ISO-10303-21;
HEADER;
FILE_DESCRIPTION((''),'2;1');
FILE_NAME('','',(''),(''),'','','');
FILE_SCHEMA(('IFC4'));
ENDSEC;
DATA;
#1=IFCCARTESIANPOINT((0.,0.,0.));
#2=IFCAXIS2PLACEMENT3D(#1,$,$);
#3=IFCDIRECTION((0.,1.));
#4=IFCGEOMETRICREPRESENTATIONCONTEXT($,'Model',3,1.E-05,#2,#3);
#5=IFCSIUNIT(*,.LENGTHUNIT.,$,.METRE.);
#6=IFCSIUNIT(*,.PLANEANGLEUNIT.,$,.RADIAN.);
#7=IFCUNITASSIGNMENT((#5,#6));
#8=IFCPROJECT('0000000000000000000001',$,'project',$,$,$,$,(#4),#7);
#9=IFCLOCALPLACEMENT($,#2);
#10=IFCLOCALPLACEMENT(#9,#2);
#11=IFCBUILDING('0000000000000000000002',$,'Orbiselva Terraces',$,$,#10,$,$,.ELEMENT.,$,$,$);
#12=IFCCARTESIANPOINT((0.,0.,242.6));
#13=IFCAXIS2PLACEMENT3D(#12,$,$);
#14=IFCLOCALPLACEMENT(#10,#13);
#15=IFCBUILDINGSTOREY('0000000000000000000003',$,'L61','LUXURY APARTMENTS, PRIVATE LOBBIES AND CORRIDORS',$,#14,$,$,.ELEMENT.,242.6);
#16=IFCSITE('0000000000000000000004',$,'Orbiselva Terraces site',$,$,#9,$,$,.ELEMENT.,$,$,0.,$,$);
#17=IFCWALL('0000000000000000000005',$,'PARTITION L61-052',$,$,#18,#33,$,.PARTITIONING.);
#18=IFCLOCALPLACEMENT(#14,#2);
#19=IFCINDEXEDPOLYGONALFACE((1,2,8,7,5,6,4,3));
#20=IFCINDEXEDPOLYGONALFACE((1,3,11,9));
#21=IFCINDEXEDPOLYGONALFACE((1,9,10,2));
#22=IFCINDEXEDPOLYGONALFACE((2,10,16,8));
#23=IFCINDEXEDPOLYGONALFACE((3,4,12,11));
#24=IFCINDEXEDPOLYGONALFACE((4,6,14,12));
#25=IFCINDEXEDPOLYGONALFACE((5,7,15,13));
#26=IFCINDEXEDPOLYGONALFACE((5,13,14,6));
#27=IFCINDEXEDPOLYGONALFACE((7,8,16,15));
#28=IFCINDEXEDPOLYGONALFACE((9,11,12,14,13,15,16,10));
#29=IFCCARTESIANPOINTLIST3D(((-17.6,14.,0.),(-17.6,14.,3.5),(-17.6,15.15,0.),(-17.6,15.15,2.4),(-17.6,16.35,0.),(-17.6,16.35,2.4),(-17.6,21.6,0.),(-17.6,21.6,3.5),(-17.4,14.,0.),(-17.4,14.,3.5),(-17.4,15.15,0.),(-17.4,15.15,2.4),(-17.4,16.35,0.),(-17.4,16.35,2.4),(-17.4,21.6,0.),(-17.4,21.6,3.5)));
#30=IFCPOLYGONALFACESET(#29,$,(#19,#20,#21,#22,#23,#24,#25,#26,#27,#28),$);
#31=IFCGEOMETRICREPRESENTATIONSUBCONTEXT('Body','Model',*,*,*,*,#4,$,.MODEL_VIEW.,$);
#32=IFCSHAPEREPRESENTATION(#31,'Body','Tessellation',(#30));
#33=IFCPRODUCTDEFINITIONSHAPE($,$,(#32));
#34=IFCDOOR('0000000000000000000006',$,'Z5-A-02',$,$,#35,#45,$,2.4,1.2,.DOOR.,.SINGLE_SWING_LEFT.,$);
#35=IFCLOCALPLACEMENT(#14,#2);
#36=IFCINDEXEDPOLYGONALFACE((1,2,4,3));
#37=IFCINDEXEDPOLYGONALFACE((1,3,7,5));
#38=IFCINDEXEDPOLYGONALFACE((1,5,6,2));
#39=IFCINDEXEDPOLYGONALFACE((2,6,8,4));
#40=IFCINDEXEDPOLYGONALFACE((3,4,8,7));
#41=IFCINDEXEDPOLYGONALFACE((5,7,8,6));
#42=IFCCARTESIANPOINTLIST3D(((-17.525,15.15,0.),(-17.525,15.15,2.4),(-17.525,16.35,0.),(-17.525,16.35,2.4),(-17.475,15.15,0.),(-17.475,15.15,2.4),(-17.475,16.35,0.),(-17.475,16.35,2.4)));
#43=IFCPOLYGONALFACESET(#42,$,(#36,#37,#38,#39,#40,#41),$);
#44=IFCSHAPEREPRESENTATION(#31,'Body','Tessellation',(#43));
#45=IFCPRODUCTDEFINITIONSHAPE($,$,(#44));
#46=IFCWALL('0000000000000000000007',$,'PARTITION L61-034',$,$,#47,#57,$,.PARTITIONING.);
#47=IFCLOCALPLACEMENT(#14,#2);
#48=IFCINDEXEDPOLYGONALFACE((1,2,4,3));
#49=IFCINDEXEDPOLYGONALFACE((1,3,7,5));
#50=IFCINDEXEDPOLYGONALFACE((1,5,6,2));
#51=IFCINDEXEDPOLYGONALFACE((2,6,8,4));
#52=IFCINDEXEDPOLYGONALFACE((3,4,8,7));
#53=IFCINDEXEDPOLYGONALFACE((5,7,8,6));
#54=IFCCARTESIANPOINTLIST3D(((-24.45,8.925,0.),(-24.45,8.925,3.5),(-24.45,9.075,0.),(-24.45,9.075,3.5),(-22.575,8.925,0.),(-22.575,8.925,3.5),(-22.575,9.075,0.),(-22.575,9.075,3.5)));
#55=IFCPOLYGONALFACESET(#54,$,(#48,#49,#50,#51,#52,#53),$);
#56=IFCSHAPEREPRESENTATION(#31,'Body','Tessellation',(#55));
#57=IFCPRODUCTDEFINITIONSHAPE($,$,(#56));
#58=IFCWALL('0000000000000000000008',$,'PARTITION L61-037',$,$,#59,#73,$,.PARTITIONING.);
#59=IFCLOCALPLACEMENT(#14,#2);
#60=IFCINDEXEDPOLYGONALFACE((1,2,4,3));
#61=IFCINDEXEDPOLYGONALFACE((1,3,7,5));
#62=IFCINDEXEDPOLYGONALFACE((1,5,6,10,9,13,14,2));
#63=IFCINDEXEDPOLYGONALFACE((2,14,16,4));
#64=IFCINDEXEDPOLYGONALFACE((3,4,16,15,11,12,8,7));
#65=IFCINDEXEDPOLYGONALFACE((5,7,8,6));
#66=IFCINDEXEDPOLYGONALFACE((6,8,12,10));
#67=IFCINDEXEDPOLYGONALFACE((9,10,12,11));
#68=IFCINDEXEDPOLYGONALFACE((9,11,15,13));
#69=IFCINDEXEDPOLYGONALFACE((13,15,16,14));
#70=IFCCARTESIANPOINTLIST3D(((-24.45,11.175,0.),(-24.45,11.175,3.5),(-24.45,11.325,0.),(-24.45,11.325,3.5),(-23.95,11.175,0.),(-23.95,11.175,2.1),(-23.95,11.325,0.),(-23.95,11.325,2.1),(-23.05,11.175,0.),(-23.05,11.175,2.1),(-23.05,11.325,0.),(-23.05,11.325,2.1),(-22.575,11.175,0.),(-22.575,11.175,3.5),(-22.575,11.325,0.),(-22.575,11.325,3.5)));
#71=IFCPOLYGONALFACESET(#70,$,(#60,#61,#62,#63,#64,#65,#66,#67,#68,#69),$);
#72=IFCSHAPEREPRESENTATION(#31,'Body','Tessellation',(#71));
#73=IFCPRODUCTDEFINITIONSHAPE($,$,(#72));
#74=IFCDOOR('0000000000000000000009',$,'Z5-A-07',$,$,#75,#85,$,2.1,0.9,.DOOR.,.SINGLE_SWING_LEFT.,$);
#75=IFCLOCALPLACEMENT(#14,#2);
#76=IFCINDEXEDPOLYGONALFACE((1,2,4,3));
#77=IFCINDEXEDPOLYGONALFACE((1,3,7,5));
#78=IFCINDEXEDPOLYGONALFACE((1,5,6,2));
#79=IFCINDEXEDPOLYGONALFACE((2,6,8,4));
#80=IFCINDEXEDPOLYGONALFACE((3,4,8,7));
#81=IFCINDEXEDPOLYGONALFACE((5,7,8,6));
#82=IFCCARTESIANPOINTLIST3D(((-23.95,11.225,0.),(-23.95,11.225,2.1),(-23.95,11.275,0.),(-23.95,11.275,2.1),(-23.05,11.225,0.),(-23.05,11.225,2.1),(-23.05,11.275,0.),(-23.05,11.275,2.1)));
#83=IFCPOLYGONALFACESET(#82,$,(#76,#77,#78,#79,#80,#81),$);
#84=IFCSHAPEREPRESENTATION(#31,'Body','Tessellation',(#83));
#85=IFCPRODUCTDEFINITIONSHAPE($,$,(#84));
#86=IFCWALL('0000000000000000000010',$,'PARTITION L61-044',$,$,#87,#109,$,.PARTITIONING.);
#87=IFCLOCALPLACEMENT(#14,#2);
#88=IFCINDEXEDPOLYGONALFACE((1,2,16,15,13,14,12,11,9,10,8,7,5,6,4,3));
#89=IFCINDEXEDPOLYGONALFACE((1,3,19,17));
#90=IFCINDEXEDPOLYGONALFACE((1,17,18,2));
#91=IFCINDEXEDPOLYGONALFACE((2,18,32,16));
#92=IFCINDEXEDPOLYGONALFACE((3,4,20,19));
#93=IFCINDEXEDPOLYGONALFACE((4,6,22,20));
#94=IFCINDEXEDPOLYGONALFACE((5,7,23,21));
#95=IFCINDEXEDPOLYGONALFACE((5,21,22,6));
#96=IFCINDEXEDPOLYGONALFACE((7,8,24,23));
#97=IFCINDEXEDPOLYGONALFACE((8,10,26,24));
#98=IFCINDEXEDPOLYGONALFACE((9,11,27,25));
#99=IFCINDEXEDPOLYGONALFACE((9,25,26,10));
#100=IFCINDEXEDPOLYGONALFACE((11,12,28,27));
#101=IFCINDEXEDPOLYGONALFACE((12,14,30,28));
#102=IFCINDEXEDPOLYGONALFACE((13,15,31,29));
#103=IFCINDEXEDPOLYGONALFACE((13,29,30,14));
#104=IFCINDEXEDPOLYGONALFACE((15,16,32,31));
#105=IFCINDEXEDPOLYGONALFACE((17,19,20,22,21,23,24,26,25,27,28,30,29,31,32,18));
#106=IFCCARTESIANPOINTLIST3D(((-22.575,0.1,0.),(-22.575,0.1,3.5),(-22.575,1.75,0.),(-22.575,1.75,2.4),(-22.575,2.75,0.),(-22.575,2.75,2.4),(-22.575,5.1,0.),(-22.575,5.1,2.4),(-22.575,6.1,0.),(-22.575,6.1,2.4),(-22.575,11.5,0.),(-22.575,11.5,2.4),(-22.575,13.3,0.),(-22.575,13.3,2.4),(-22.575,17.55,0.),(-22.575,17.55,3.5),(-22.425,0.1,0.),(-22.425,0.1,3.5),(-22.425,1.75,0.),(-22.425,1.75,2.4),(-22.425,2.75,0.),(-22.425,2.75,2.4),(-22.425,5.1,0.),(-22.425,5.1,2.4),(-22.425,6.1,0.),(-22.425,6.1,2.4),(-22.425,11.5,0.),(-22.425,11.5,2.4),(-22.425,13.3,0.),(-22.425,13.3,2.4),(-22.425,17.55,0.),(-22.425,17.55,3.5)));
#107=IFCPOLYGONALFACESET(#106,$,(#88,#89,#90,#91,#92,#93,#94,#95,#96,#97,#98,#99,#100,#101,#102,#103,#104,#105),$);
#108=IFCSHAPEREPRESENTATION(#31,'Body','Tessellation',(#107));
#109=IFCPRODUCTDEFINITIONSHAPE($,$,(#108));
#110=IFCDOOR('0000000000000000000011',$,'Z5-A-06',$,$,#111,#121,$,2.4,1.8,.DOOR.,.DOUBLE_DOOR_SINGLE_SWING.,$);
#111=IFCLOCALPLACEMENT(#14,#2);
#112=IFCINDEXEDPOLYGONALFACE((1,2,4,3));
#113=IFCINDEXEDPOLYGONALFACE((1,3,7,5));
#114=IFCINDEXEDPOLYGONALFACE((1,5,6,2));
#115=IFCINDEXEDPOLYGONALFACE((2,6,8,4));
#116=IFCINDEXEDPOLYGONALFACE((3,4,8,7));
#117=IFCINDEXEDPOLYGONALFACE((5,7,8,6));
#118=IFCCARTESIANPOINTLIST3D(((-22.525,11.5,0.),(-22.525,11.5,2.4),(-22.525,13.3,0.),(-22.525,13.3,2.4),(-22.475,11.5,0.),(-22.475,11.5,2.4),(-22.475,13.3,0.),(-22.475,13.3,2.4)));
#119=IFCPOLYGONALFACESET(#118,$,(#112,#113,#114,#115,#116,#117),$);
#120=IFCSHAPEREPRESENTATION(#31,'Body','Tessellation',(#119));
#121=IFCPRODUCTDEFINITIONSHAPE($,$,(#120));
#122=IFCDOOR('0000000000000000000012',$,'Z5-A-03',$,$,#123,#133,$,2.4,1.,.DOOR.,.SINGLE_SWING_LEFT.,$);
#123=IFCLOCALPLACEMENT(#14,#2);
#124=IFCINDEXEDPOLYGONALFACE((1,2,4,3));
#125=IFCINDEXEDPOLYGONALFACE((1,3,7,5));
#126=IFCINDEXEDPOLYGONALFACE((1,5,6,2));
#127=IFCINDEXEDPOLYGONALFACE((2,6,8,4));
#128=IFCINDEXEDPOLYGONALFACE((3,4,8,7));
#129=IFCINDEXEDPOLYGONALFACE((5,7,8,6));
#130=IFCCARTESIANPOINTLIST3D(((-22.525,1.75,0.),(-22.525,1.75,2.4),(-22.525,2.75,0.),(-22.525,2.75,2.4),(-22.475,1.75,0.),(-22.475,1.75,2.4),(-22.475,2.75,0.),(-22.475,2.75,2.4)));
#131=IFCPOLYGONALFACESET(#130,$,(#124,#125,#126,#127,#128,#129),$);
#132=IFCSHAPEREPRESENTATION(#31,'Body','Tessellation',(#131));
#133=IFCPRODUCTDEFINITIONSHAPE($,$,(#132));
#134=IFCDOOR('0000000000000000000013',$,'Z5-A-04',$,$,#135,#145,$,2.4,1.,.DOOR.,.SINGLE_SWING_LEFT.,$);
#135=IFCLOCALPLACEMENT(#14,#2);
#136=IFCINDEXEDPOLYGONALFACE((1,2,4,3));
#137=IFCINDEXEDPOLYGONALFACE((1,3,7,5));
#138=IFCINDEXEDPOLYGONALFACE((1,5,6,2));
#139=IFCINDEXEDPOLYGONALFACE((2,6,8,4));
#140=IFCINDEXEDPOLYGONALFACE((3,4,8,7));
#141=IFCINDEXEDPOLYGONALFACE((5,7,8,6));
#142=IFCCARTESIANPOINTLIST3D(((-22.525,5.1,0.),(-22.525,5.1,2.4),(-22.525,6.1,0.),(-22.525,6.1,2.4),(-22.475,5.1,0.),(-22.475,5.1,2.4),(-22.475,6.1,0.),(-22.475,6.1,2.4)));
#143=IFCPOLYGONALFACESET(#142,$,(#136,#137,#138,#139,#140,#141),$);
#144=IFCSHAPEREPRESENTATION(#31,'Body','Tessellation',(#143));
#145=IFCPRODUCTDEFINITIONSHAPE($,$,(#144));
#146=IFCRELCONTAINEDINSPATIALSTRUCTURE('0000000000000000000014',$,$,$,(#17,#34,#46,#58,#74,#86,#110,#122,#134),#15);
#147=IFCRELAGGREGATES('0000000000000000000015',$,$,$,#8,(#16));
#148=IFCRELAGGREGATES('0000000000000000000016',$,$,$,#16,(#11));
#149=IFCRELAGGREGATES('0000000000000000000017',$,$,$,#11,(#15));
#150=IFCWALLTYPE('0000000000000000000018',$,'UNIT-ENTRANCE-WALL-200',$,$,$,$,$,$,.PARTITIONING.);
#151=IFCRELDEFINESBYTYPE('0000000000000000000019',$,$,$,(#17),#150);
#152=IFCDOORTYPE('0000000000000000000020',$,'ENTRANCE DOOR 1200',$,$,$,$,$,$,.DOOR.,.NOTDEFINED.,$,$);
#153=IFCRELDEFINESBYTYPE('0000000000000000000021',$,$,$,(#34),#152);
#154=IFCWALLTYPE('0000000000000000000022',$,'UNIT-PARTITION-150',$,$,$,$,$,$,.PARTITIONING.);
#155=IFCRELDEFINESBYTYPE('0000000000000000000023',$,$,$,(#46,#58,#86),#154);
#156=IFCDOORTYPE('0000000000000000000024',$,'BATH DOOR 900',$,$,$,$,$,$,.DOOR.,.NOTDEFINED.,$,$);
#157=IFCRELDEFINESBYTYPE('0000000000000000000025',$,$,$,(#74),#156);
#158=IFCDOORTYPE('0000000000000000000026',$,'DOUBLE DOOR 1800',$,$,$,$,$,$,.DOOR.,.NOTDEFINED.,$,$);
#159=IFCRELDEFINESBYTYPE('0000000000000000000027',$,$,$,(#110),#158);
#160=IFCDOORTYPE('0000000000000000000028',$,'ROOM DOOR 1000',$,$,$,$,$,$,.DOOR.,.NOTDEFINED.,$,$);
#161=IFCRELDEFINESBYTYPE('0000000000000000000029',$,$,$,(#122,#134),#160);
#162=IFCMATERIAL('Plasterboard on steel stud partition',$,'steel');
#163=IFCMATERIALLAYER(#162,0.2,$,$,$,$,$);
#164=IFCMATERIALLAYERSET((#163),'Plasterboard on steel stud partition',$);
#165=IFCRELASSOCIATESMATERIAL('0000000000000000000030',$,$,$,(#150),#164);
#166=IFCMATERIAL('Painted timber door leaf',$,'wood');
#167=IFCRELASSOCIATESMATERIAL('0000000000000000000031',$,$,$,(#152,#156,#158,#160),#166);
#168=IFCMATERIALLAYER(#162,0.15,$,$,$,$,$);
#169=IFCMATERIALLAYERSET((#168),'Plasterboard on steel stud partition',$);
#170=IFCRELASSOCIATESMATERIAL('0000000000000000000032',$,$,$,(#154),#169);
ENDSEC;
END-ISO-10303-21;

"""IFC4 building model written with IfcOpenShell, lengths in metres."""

from ifc_helpers import new_model, si_unit, direction, frame, frame_2d, origin, place, context, subcontext, project, spatial, rectangle, extrude, material, layer, layer_set, type_object, element, fill, save


model = new_model("IFC4")

# Units and contexts
model_context = context("Model", 3, precision=1e-05, world=origin(), true_north=direction((0.0, 1.0)))
body_context = subcontext(model_context, "Body", "Model", "MODEL_VIEW")
ifc_project = project(units=[si_unit("LENGTHUNIT", "METRE"), si_unit("PLANEANGLEUNIT", "RADIAN")], contexts=[model_context])

# Site, building, storey
site_placement = place(None, origin())
site = spatial("IfcSite", under=ifc_project, at=site_placement, Name="Orbiselva Terraces site", CompositionType="ELEMENT", RefElevation=0.0)
building_placement = place(site_placement, origin())
building = spatial("IfcBuilding", under=site, at=building_placement, Name="Orbiselva Terraces", CompositionType="ELEMENT")
storey_placement = place(building_placement, frame((0.0, 0.0, 242.6)))
storey = spatial("IfcBuildingStorey", under=building, at=storey_placement, Name="L61", Description="LUXURY APARTMENTS, PRIVATE LOBBIES AND CORRIDORS", CompositionType="ELEMENT", Elevation=242.6)

# Shared definitions
ifc_material_1 = material(Name="Plasterboard on steel stud partition", Category="steel")
ifc_layer_1 = layer(ifc_material_1, 0.2)
ifc_layer_set_1 = layer_set([ifc_layer_1], Name="Plasterboard on steel stud partition")
wall_type_1 = type_object("IfcWallType", Name="UNIT-ENTRANCE-WALL-200", PredefinedType="PARTITIONING", material=ifc_layer_set_1)

# Wall, opening, door
wall_1_placement = place(storey_placement, frame((-17.5, 14.0, 0.0), z_axis=(0.0, 0.0, 1.0), x_axis=(0.0, 1.0, 0.0)))
wall_1 = element("IfcWall", 1, at=wall_1_placement, inside=storey, type_object=wall_type_1, Name="PARTITION L61-052", PredefinedType="PARTITIONING", context=body_context, shape_type="SweptSolid", body=[
    extrude(rectangle(XDim=7.6, YDim=0.2, at=frame_2d((3.8, 0.0))), origin(), (0.0, 0.0, 1.0), 3.5),
])
opening_1_placement = place(wall_1_placement, frame((1.15, 0.0, 0.0)))
opening_1 = element("IfcOpeningElement", 2, at=opening_1_placement, cuts=wall_1, PredefinedType="OPENING", context=body_context, shape_type="SweptSolid", body=[
    extrude(rectangle(XDim=1.2, YDim=2.4, at=frame_2d((0.6, 1.2))), frame((0.0, 0.11, 0.0), z_axis=(0.0, -1.0, 0.0), x_axis=(1.0, 0.0, 0.0)), (0.0, 0.0, 1.0), 0.22),
])
ifc_material_2 = material(Name="Painted timber door leaf", Category="wood")
door_type_1 = type_object("IfcDoorType", Name="ENTRANCE DOOR 1200", OperationType="NOTDEFINED", PredefinedType="DOOR", material=ifc_material_2)
door_1_placement = place(opening_1_placement, origin())
door_1 = element("IfcDoor", 3, at=door_1_placement, inside=storey, type_object=door_type_1, Name="Z5-A-02", OperationType="SINGLE_SWING_LEFT", OverallHeight=2.4, OverallWidth=1.2, PredefinedType="DOOR", context=body_context, shape_type="SweptSolid", body=[
    extrude(rectangle(XDim=1.2, YDim=2.4, at=frame_2d((0.6, 1.2))), frame((0.0, 0.025, 0.0), z_axis=(0.0, -1.0, 0.0), x_axis=(1.0, 0.0, 0.0)), (0.0, 0.0, 1.0), 0.05),
])
fill(opening_1, door_1)

# Wall
ifc_layer_2 = layer(ifc_material_1, 0.15)
ifc_layer_set_2 = layer_set([ifc_layer_2], Name="Plasterboard on steel stud partition")
wall_type_2 = type_object("IfcWallType", Name="UNIT-PARTITION-150", PredefinedType="PARTITIONING", material=ifc_layer_set_2)
wall_2_placement = place(storey_placement, frame((-24.45, 9.0, 0.0), z_axis=(0.0, 0.0, 1.0), x_axis=(1.0, 0.0, 0.0)))
element("IfcWall", 4, at=wall_2_placement, inside=storey, type_object=wall_type_2, Name="PARTITION L61-034", PredefinedType="PARTITIONING", context=body_context, shape_type="SweptSolid", body=[
    extrude(rectangle(XDim=1.875, YDim=0.15, at=frame_2d((0.9375, 0.0))), origin(), (0.0, 0.0, 1.0), 3.5),
])

# Wall, opening, door
wall_3_placement = place(storey_placement, frame((-22.575, 11.25, 0.0), z_axis=(0.0, 0.0, 1.0), x_axis=(-1.0, 0.0, 0.0)))
wall_3 = element("IfcWall", 5, at=wall_3_placement, inside=storey, type_object=wall_type_2, Name="PARTITION L61-037", PredefinedType="PARTITIONING", context=body_context, shape_type="SweptSolid", body=[
    extrude(rectangle(XDim=1.875, YDim=0.15, at=frame_2d((0.9375, 0.0))), origin(), (0.0, 0.0, 1.0), 3.5),
])
opening_2_placement = place(wall_3_placement, frame((0.475, 0.0, 0.0)))
opening_2 = element("IfcOpeningElement", 6, at=opening_2_placement, cuts=wall_3, PredefinedType="OPENING", context=body_context, shape_type="SweptSolid", body=[
    extrude(rectangle(XDim=0.9, YDim=2.1, at=frame_2d((0.45, 1.05))), frame((0.0, 0.085, 0.0), z_axis=(0.0, -1.0, 0.0), x_axis=(1.0, 0.0, 0.0)), (0.0, 0.0, 1.0), 0.17),
])
door_type_2 = type_object("IfcDoorType", Name="BATH DOOR 900", OperationType="NOTDEFINED", PredefinedType="DOOR", material=ifc_material_2)
door_2_placement = place(opening_2_placement, origin())
door_2 = element("IfcDoor", 7, at=door_2_placement, inside=storey, type_object=door_type_2, Name="Z5-A-07", OperationType="SINGLE_SWING_LEFT", OverallHeight=2.1, OverallWidth=0.9, PredefinedType="DOOR", context=body_context, shape_type="SweptSolid", body=[
    extrude(rectangle(XDim=0.9, YDim=2.1, at=frame_2d((0.45, 1.05))), frame((0.0, 0.025, 0.0), z_axis=(0.0, -1.0, 0.0), x_axis=(1.0, 0.0, 0.0)), (0.0, 0.0, 1.0), 0.05),
])
fill(opening_2, door_2)

# Wall, openings, doors
wall_4_placement = place(storey_placement, frame((-22.5, 0.1, 0.0), z_axis=(0.0, 0.0, 1.0), x_axis=(0.0, 1.0, 0.0)))
wall_4 = element("IfcWall", 8, at=wall_4_placement, inside=storey, type_object=wall_type_2, Name="PARTITION L61-044", PredefinedType="PARTITIONING", context=body_context, shape_type="SweptSolid", body=[
    extrude(rectangle(XDim=17.45, YDim=0.15, at=frame_2d((8.725, 0.0))), origin(), (0.0, 0.0, 1.0), 3.5),
])
opening_3_placement = place(wall_4_placement, frame((1.65, 0.0, 0.0)))
opening_3 = element("IfcOpeningElement", 9, at=opening_3_placement, cuts=wall_4, PredefinedType="OPENING", context=body_context, shape_type="SweptSolid", body=[
    extrude(rectangle(XDim=1.0, YDim=2.4, at=frame_2d((0.5, 1.2))), frame((0.0, 0.085, 0.0), z_axis=(0.0, -1.0, 0.0), x_axis=(1.0, 0.0, 0.0)), (0.0, 0.0, 1.0), 0.17),
])
opening_4_placement = place(wall_4_placement, frame((5.0, 0.0, 0.0)))
opening_4 = element("IfcOpeningElement", 10, at=opening_4_placement, cuts=wall_4, PredefinedType="OPENING", context=body_context, shape_type="SweptSolid", body=[
    extrude(rectangle(XDim=1.0, YDim=2.4, at=frame_2d((0.5, 1.2))), frame((0.0, 0.085, 0.0), z_axis=(0.0, -1.0, 0.0), x_axis=(1.0, 0.0, 0.0)), (0.0, 0.0, 1.0), 0.17),
])
opening_5_placement = place(wall_4_placement, frame((11.4, 0.0, 0.0)))
opening_5 = element("IfcOpeningElement", 11, at=opening_5_placement, cuts=wall_4, PredefinedType="OPENING", context=body_context, shape_type="SweptSolid", body=[
    extrude(rectangle(XDim=1.8, YDim=2.4, at=frame_2d((0.9, 1.2))), frame((0.0, 0.085, 0.0), z_axis=(0.0, -1.0, 0.0), x_axis=(1.0, 0.0, 0.0)), (0.0, 0.0, 1.0), 0.17),
])
door_type_3 = type_object("IfcDoorType", Name="DOUBLE DOOR 1800", OperationType="NOTDEFINED", PredefinedType="DOOR", material=ifc_material_2)
door_3_placement = place(opening_5_placement, origin())
door_3 = element("IfcDoor", 12, at=door_3_placement, inside=storey, type_object=door_type_3, Name="Z5-A-06", OperationType="DOUBLE_DOOR_SINGLE_SWING", OverallHeight=2.4, OverallWidth=1.8, PredefinedType="DOOR", context=body_context, shape_type="SweptSolid", body=[
    extrude(rectangle(XDim=1.8, YDim=2.4, at=frame_2d((0.9, 1.2))), frame((0.0, 0.025, 0.0), z_axis=(0.0, -1.0, 0.0), x_axis=(1.0, 0.0, 0.0)), (0.0, 0.0, 1.0), 0.05),
])
fill(opening_5, door_3)
door_type_4 = type_object("IfcDoorType", Name="ROOM DOOR 1000", OperationType="NOTDEFINED", PredefinedType="DOOR", material=ifc_material_2)
door_4_placement = place(opening_3_placement, origin())
door_4 = element("IfcDoor", 13, at=door_4_placement, inside=storey, type_object=door_type_4, Name="Z5-A-03", OperationType="SINGLE_SWING_LEFT", OverallHeight=2.4, OverallWidth=1.0, PredefinedType="DOOR", context=body_context, shape_type="SweptSolid", body=[
    extrude(rectangle(XDim=1.0, YDim=2.4, at=frame_2d((0.5, 1.2))), frame((0.0, 0.025, 0.0), z_axis=(0.0, -1.0, 0.0), x_axis=(1.0, 0.0, 0.0)), (0.0, 0.0, 1.0), 0.05),
])
fill(opening_3, door_4)
door_5_placement = place(opening_4_placement, origin())
door_5 = element("IfcDoor", 14, at=door_5_placement, inside=storey, type_object=door_type_4, Name="Z5-A-04", OperationType="SINGLE_SWING_LEFT", OverallHeight=2.4, OverallWidth=1.0, PredefinedType="DOOR", context=body_context, shape_type="SweptSolid", body=[
    extrude(rectangle(XDim=1.0, YDim=2.4, at=frame_2d((0.5, 1.2))), frame((0.0, 0.025, 0.0), z_axis=(0.0, -1.0, 0.0), x_axis=(1.0, 0.0, 0.0)), (0.0, 0.0, 1.0), 0.05),
])
fill(opening_4, door_5)

save(model, "model.ifc")
